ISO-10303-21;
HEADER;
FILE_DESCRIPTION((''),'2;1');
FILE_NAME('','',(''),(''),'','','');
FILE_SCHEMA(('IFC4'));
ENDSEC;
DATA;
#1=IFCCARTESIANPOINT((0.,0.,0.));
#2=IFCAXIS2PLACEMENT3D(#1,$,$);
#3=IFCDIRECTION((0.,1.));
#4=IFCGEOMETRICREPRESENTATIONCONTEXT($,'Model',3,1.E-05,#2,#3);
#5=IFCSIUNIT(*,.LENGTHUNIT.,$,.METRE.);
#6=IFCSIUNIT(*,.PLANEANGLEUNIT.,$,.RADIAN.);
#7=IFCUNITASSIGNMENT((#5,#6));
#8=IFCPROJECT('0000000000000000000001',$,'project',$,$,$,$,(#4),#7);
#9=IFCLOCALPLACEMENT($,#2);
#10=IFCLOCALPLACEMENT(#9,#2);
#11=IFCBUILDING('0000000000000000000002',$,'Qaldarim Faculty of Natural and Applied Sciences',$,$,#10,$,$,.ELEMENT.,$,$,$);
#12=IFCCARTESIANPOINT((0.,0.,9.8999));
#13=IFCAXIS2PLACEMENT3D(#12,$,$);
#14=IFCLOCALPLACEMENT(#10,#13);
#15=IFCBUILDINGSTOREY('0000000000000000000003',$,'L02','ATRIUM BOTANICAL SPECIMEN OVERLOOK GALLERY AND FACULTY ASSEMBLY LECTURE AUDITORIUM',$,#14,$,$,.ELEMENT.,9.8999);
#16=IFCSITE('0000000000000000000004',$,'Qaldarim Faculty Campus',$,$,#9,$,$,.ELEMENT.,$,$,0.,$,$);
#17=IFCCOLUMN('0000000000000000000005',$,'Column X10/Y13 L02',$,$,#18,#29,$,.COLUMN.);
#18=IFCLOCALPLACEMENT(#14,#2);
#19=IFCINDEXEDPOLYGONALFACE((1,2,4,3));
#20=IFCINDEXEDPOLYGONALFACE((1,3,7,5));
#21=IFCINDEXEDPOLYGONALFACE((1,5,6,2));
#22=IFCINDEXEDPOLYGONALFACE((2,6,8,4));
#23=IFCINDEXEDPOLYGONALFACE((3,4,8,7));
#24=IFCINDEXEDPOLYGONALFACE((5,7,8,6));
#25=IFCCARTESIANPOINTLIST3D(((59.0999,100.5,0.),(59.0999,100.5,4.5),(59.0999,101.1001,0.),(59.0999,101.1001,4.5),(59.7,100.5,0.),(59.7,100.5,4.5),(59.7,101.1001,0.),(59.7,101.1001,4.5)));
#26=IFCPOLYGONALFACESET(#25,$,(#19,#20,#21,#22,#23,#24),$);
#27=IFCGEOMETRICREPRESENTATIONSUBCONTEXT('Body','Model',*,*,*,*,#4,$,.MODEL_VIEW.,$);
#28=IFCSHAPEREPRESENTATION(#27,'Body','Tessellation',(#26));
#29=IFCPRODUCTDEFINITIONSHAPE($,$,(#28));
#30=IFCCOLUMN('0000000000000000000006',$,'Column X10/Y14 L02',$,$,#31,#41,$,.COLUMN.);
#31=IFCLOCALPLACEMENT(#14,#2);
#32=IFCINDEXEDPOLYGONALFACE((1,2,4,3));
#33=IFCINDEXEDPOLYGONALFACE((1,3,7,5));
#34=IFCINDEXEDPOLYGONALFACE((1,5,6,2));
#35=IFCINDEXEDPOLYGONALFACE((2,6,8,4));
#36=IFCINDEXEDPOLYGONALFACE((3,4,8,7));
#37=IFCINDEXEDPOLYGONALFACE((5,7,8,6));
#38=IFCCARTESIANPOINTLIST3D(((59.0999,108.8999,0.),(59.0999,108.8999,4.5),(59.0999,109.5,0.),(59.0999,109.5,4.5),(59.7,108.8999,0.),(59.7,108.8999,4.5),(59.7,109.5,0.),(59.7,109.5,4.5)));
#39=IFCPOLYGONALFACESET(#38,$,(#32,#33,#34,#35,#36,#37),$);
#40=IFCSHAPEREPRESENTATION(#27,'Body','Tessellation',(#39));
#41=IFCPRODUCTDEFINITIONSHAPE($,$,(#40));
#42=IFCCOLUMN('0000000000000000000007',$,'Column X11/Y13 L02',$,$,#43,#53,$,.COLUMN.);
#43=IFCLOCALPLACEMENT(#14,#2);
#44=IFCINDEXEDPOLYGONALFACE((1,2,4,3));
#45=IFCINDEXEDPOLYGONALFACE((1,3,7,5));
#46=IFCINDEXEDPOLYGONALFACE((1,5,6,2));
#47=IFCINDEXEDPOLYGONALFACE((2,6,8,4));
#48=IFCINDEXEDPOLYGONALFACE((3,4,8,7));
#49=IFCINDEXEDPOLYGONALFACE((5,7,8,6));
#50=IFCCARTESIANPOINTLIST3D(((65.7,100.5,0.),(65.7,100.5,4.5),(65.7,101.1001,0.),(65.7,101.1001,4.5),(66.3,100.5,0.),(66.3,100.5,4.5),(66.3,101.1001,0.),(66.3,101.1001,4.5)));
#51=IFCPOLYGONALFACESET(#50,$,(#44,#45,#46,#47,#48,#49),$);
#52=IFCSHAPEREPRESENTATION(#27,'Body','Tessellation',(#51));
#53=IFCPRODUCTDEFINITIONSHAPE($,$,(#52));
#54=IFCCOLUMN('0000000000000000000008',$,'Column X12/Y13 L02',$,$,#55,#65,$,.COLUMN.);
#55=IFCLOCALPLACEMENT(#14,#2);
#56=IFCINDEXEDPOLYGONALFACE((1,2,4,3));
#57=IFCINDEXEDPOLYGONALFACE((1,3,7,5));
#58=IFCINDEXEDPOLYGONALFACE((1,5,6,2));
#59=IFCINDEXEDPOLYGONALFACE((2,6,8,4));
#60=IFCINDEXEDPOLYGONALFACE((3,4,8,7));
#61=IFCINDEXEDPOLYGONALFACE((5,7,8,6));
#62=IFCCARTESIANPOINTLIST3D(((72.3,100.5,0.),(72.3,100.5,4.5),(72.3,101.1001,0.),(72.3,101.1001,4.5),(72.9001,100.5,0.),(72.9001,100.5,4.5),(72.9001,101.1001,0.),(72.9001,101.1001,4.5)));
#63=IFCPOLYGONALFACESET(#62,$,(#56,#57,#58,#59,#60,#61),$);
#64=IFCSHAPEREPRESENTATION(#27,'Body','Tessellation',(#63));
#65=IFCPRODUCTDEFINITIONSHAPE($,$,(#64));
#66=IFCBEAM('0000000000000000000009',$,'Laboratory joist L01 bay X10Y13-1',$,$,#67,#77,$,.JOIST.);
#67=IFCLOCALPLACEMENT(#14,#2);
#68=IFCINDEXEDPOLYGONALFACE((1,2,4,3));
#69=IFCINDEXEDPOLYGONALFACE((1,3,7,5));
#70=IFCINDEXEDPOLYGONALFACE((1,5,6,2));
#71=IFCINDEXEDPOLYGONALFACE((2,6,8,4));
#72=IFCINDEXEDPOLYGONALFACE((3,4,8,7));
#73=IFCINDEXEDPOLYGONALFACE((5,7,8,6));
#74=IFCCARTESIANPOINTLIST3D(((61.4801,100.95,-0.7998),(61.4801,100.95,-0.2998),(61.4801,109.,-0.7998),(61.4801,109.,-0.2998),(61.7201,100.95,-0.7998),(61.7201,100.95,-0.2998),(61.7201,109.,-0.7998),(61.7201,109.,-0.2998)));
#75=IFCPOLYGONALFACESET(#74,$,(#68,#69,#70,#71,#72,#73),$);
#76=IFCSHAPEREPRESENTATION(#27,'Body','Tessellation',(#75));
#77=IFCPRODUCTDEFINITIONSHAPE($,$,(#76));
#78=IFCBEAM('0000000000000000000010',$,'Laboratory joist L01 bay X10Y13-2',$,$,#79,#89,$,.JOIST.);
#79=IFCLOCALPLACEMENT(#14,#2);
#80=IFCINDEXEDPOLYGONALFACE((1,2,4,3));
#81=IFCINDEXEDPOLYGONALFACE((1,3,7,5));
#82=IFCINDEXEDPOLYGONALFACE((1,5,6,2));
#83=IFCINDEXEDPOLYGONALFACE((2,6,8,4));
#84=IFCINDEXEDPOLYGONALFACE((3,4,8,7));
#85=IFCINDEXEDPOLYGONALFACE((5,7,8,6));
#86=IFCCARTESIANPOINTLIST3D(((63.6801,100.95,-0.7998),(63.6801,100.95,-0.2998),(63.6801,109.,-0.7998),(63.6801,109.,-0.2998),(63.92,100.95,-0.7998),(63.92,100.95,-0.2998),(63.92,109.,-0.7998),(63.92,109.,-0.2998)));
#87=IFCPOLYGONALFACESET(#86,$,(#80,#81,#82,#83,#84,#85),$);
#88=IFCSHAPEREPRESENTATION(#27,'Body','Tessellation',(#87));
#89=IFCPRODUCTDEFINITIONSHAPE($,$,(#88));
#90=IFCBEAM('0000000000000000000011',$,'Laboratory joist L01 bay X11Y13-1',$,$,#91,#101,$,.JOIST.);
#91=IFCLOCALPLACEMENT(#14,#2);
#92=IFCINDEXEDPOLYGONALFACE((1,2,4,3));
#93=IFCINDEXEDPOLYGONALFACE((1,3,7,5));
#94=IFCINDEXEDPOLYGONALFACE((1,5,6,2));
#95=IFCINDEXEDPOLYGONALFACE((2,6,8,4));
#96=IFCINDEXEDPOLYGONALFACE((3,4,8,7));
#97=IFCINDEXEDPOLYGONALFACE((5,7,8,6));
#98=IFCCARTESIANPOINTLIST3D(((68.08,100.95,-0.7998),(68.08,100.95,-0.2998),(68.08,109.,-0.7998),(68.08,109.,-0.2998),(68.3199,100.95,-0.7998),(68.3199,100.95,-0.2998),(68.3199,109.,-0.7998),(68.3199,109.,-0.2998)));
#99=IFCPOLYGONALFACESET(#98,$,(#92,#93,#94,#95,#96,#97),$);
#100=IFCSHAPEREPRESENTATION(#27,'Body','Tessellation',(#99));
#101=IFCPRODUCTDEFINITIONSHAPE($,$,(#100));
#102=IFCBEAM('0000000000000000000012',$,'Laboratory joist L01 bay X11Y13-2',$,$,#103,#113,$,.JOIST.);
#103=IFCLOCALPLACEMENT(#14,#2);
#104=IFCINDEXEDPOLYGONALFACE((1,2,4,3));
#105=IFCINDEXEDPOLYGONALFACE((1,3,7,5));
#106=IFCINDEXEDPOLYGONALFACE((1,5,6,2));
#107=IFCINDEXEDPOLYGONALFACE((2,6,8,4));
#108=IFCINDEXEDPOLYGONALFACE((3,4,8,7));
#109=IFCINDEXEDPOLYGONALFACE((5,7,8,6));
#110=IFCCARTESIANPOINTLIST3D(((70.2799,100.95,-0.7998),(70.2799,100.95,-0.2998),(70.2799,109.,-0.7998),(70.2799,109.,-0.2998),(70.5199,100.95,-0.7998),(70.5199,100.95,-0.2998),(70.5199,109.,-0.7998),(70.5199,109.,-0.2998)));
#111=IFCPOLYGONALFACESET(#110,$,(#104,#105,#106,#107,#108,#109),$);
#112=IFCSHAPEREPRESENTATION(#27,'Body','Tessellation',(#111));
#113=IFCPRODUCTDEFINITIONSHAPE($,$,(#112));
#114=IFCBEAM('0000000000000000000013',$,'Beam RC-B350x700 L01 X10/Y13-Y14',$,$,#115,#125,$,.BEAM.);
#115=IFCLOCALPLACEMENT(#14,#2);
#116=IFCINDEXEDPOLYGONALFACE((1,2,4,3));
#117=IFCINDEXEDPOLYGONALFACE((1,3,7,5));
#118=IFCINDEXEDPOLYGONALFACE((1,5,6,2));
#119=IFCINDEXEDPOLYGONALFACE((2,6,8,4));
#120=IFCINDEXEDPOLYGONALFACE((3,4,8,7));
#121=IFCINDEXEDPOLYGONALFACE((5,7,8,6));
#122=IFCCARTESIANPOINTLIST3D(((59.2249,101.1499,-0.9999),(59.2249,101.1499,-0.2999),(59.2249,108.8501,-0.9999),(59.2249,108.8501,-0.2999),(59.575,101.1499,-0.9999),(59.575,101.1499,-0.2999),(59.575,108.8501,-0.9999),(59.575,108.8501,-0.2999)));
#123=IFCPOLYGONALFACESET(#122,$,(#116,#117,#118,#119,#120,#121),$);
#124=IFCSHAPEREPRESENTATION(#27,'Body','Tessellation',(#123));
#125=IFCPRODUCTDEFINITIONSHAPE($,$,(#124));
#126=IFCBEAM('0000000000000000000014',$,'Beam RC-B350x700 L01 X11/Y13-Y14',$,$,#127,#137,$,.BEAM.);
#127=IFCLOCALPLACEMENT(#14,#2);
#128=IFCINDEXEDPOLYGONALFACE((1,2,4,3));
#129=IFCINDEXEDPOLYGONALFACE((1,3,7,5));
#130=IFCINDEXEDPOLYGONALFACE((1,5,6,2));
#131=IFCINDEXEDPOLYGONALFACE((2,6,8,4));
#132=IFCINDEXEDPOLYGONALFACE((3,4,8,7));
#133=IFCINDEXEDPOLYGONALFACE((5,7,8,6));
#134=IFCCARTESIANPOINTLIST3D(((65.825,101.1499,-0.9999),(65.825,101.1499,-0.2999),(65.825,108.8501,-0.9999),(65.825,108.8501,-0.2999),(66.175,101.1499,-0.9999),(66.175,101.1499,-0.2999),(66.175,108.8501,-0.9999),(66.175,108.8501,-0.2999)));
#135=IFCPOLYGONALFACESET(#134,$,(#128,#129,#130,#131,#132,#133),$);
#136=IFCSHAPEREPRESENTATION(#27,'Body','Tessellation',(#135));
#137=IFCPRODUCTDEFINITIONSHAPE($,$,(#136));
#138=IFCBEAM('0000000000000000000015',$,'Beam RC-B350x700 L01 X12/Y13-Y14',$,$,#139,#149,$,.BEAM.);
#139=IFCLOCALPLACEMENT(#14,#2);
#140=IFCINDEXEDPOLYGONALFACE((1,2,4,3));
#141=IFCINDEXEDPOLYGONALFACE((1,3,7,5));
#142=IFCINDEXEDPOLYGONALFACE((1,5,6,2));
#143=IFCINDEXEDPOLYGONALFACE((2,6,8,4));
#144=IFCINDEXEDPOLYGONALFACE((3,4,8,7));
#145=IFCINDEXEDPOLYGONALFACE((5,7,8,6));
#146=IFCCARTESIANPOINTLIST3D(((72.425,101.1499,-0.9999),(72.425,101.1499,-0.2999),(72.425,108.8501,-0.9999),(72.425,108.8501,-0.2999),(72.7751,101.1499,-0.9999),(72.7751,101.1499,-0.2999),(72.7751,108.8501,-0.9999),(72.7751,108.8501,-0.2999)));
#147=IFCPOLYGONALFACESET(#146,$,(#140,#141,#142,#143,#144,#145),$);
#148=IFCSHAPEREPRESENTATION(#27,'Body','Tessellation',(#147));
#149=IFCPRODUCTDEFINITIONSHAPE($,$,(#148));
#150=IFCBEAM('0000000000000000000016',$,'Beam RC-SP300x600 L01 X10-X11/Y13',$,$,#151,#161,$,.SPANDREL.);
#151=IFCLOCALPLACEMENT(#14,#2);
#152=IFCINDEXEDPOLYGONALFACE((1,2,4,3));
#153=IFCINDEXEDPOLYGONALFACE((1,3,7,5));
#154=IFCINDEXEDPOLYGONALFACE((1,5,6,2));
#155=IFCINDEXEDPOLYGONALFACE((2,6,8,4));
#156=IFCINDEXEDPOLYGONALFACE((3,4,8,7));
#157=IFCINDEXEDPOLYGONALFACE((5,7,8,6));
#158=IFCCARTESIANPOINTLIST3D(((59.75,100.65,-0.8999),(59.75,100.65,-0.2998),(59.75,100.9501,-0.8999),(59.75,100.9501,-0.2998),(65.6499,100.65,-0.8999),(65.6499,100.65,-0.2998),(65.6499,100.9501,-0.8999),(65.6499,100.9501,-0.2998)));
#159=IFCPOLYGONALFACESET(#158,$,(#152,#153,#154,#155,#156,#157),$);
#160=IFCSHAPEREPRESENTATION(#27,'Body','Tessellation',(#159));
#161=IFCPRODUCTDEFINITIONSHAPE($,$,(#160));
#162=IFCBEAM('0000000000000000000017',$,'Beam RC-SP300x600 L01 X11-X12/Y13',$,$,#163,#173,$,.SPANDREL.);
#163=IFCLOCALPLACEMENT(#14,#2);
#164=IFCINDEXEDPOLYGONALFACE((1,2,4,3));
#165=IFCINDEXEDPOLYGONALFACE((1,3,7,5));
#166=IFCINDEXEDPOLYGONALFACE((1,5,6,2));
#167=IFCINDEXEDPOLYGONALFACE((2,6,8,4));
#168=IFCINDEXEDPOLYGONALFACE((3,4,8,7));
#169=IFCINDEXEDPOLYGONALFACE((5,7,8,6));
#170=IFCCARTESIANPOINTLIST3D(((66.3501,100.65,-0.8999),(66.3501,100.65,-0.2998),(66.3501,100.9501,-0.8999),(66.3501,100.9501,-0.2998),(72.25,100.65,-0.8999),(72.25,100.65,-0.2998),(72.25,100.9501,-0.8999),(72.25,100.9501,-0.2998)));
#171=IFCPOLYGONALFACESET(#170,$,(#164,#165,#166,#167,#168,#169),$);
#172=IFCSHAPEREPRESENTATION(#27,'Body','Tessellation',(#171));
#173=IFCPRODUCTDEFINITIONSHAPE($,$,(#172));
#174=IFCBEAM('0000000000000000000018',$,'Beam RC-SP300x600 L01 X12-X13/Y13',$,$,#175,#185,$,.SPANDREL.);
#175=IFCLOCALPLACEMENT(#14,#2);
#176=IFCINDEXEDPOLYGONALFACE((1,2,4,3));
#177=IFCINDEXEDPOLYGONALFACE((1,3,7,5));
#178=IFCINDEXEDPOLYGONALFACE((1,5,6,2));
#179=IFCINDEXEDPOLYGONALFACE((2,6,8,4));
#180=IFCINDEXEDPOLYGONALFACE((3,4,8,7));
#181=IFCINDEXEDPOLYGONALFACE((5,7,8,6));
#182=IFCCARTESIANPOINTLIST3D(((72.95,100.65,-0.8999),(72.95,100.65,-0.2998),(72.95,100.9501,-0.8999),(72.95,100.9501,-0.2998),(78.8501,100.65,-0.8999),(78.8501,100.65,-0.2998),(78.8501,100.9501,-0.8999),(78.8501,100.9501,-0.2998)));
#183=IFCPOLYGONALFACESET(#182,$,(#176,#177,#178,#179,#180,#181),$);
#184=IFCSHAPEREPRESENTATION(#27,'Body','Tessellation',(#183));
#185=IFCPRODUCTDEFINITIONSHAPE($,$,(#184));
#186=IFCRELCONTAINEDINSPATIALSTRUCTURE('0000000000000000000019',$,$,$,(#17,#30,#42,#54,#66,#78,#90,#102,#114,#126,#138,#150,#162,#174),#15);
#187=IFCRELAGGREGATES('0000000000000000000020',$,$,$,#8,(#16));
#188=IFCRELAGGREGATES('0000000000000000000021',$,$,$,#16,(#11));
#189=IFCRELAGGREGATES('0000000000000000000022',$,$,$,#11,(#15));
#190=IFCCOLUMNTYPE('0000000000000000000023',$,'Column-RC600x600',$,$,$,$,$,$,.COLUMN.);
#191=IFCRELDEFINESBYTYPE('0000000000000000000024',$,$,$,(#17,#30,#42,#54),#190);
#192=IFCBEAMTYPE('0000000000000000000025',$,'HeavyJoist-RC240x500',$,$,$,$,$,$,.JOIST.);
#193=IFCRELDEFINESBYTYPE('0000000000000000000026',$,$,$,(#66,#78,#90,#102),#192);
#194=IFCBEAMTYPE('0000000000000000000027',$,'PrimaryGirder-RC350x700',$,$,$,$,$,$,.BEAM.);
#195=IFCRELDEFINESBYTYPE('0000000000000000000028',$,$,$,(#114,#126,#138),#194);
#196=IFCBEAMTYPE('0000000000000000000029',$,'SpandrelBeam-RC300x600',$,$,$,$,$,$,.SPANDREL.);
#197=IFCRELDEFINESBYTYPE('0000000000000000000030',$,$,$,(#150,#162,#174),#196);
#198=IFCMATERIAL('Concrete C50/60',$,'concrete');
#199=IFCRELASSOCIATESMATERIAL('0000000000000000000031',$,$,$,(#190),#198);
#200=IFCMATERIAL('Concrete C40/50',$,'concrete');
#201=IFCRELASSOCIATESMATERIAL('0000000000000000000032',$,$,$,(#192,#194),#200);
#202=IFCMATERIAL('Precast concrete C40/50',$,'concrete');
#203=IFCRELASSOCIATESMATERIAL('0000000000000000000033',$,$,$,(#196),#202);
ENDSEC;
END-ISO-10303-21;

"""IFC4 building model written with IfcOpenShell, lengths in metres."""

from ifc_helpers import new_model, si_unit, direction, frame, origin, origin_2d, place, context, subcontext, project, spatial, rectangle, extrude, material, material_profile, profile_set, type_object, element, save


model = new_model("IFC4")

# Units and contexts
model_context = context("Model", 3, precision=1e-05, world=origin(), true_north=direction((0.0, 1.0)))
body_context = subcontext(model_context, "Body", "Model", "MODEL_VIEW")
ifc_project = project(units=[si_unit("LENGTHUNIT", "METRE"), si_unit("PLANEANGLEUNIT", "RADIAN")], contexts=[model_context])

# Site, building, storey
site_placement = place(None, origin())
site = spatial("IfcSite", under=ifc_project, at=site_placement, Name="Qaldarim Faculty Campus", CompositionType="ELEMENT", RefElevation=0.0)
building_placement = place(site_placement, origin())
building = spatial("IfcBuilding", under=site, at=building_placement, Name="Qaldarim Faculty of Natural and Applied Sciences", CompositionType="ELEMENT")
storey_placement = place(building_placement, frame((0.0, 0.0, 9.8999)))
storey = spatial("IfcBuildingStorey", under=building, at=storey_placement, Name="L02", Description="ATRIUM BOTANICAL SPECIMEN OVERLOOK GALLERY AND FACULTY ASSEMBLY LECTURE AUDITORIUM", CompositionType="ELEMENT", Elevation=9.8999)

# Columns
ifc_material_1 = material(Name="Concrete C50/60", Category="concrete")
ifc_material_profile_1 = material_profile(ifc_material_1, rectangle(XDim=0.6001, YDim=0.6001, at=origin_2d()), Name="RC-C600x600")
ifc_profile_set_1 = profile_set([ifc_material_profile_1], Name="Concrete C50/60")
column_type = type_object("IfcColumnType", Name="Column-RC600x600", PredefinedType="COLUMN", material=ifc_profile_set_1)
for number, where, z_axis, x_axis, name in (
    (1, (59.3999, 100.8, 0.0), (0.0, 0.0, 1.0), (1.0, 0.0, 0.0), "Column X10/Y13 L02"),
    (2, (59.3999, 109.2, 0.0), (0.0, 0.0, 1.0), (1.0, 0.0, 0.0), "Column X10/Y14 L02"),
    (3, (66.0, 100.8, 0.0), (0.0, 0.0, 1.0), (1.0, 0.0, 0.0), "Column X11/Y13 L02"),
    (4, (72.6001, 100.8, 0.0), (0.0, 0.0, 1.0), (1.0, 0.0, 0.0), "Column X12/Y13 L02"),
):
    element("IfcColumn", number, at=place(storey_placement, frame(where, z_axis=z_axis, x_axis=x_axis)), inside=storey, type_object=column_type, Name=name, PredefinedType="COLUMN", context=body_context, shape_type="SweptSolid", body=[
        extrude(rectangle(XDim=0.6001, YDim=0.6001, at=origin_2d()), origin(), (0.0, 0.0, 1.0), 4.5),
    ])

# Beams
ifc_material_2 = material(Name="Concrete C40/50", Category="concrete")
ifc_material_profile_2 = material_profile(ifc_material_2, rectangle(XDim=0.24, YDim=0.5, at=origin_2d()), Name="RC-J240x500")
ifc_profile_set_2 = profile_set([ifc_material_profile_2], Name="Concrete C40/50")
beam_type_1 = type_object("IfcBeamType", Name="HeavyJoist-RC240x500", PredefinedType="JOIST", material=ifc_profile_set_2)
for number, where, z_axis, x_axis, name in (
    (5, (61.6001, 100.95, -0.5498), (0.0, 1.0, 0.0), (-1.0, 0.0, 0.0), "Laboratory joist L01 bay X10Y13-1"),
    (6, (63.8, 100.95, -0.5498), (0.0, 1.0, 0.0), (-1.0, 0.0, 0.0), "Laboratory joist L01 bay X10Y13-2"),
    (7, (68.2, 100.95, -0.5498), (0.0, 1.0, 0.0), (-1.0, 0.0, 0.0), "Laboratory joist L01 bay X11Y13-1"),
    (8, (70.3999, 100.95, -0.5498), (0.0, 1.0, 0.0), (-1.0, 0.0, 0.0), "Laboratory joist L01 bay X11Y13-2"),
):
    element("IfcBeam", number, at=place(storey_placement, frame(where, z_axis=z_axis, x_axis=x_axis)), inside=storey, type_object=beam_type_1, Name=name, PredefinedType="JOIST", context=body_context, shape_type="SweptSolid", body=[
        extrude(rectangle(XDim=0.24, YDim=0.5, at=origin_2d()), origin(), (0.0, 0.0, 1.0), 8.05),
    ])
ifc_material_profile_3 = material_profile(ifc_material_2, rectangle(XDim=0.3501, YDim=0.7, at=origin_2d()), Name="RC-B350x700")
ifc_profile_set_3 = profile_set([ifc_material_profile_3], Name="Concrete C40/50")
beam_type_2 = type_object("IfcBeamType", Name="PrimaryGirder-RC350x700", PredefinedType="BEAM", material=ifc_profile_set_3)
for number, where, z_axis, x_axis, name in (
    (9, (59.3999, 101.1499, -0.6499), (0.0, 1.0, 0.0), (-1.0, 0.0, 0.0), "Beam RC-B350x700 L01 X10/Y13-Y14"),
    (10, (66.0, 101.1499, -0.6499), (0.0, 1.0, 0.0), (-1.0, 0.0, 0.0), "Beam RC-B350x700 L01 X11/Y13-Y14"),
    (11, (72.6001, 101.1499, -0.6499), (0.0, 1.0, 0.0), (-1.0, 0.0, 0.0), "Beam RC-B350x700 L01 X12/Y13-Y14"),
):
    element("IfcBeam", number, at=place(storey_placement, frame(where, z_axis=z_axis, x_axis=x_axis)), inside=storey, type_object=beam_type_2, Name=name, PredefinedType="BEAM", context=body_context, shape_type="SweptSolid", body=[
        extrude(rectangle(XDim=0.3501, YDim=0.7, at=origin_2d()), origin(), (0.0, 0.0, 1.0), 7.7002),
    ])
ifc_material_3 = material(Name="Precast concrete C40/50", Category="concrete")
ifc_material_profile_4 = material_profile(ifc_material_3, rectangle(XDim=0.3, YDim=0.6001, at=origin_2d()), Name="RC-SP300x600")
ifc_profile_set_4 = profile_set([ifc_material_profile_4], Name="Precast concrete C40/50")
beam_type_3 = type_object("IfcBeamType", Name="SpandrelBeam-RC300x600", PredefinedType="SPANDREL", material=ifc_profile_set_4)
for number, where, z_axis, x_axis, name in (
    (12, (59.75, 100.8, -0.5999), (1.0, 0.0, 0.0), (0.0, 1.0, 0.0), "Beam RC-SP300x600 L01 X10-X11/Y13"),
    (13, (66.3501, 100.8, -0.5999), (1.0, 0.0, 0.0), (0.0, 1.0, 0.0), "Beam RC-SP300x600 L01 X11-X12/Y13"),
):
    element("IfcBeam", number, at=place(storey_placement, frame(where, z_axis=z_axis, x_axis=x_axis)), inside=storey, type_object=beam_type_3, Name=name, PredefinedType="SPANDREL", context=body_context, shape_type="SweptSolid", body=[
        extrude(rectangle(XDim=0.3, YDim=0.6001, at=origin_2d()), origin(), (0.0, 0.0, 1.0), 5.8999),
    ])
beam_placement = place(storey_placement, frame((72.95, 100.8, -0.5999), z_axis=(1.0, 0.0, 0.0), x_axis=(0.0, 1.0, 0.0)))
element("IfcBeam", 14, at=beam_placement, inside=storey, type_object=beam_type_3, Name="Beam RC-SP300x600 L01 X12-X13/Y13", PredefinedType="SPANDREL", context=body_context, shape_type="SweptSolid", body=[
    extrude(rectangle(XDim=0.3, YDim=0.6001, at=origin_2d()), origin(), (0.0, 0.0, 1.0), 5.9001),
])

save(model, "model.ifc")
